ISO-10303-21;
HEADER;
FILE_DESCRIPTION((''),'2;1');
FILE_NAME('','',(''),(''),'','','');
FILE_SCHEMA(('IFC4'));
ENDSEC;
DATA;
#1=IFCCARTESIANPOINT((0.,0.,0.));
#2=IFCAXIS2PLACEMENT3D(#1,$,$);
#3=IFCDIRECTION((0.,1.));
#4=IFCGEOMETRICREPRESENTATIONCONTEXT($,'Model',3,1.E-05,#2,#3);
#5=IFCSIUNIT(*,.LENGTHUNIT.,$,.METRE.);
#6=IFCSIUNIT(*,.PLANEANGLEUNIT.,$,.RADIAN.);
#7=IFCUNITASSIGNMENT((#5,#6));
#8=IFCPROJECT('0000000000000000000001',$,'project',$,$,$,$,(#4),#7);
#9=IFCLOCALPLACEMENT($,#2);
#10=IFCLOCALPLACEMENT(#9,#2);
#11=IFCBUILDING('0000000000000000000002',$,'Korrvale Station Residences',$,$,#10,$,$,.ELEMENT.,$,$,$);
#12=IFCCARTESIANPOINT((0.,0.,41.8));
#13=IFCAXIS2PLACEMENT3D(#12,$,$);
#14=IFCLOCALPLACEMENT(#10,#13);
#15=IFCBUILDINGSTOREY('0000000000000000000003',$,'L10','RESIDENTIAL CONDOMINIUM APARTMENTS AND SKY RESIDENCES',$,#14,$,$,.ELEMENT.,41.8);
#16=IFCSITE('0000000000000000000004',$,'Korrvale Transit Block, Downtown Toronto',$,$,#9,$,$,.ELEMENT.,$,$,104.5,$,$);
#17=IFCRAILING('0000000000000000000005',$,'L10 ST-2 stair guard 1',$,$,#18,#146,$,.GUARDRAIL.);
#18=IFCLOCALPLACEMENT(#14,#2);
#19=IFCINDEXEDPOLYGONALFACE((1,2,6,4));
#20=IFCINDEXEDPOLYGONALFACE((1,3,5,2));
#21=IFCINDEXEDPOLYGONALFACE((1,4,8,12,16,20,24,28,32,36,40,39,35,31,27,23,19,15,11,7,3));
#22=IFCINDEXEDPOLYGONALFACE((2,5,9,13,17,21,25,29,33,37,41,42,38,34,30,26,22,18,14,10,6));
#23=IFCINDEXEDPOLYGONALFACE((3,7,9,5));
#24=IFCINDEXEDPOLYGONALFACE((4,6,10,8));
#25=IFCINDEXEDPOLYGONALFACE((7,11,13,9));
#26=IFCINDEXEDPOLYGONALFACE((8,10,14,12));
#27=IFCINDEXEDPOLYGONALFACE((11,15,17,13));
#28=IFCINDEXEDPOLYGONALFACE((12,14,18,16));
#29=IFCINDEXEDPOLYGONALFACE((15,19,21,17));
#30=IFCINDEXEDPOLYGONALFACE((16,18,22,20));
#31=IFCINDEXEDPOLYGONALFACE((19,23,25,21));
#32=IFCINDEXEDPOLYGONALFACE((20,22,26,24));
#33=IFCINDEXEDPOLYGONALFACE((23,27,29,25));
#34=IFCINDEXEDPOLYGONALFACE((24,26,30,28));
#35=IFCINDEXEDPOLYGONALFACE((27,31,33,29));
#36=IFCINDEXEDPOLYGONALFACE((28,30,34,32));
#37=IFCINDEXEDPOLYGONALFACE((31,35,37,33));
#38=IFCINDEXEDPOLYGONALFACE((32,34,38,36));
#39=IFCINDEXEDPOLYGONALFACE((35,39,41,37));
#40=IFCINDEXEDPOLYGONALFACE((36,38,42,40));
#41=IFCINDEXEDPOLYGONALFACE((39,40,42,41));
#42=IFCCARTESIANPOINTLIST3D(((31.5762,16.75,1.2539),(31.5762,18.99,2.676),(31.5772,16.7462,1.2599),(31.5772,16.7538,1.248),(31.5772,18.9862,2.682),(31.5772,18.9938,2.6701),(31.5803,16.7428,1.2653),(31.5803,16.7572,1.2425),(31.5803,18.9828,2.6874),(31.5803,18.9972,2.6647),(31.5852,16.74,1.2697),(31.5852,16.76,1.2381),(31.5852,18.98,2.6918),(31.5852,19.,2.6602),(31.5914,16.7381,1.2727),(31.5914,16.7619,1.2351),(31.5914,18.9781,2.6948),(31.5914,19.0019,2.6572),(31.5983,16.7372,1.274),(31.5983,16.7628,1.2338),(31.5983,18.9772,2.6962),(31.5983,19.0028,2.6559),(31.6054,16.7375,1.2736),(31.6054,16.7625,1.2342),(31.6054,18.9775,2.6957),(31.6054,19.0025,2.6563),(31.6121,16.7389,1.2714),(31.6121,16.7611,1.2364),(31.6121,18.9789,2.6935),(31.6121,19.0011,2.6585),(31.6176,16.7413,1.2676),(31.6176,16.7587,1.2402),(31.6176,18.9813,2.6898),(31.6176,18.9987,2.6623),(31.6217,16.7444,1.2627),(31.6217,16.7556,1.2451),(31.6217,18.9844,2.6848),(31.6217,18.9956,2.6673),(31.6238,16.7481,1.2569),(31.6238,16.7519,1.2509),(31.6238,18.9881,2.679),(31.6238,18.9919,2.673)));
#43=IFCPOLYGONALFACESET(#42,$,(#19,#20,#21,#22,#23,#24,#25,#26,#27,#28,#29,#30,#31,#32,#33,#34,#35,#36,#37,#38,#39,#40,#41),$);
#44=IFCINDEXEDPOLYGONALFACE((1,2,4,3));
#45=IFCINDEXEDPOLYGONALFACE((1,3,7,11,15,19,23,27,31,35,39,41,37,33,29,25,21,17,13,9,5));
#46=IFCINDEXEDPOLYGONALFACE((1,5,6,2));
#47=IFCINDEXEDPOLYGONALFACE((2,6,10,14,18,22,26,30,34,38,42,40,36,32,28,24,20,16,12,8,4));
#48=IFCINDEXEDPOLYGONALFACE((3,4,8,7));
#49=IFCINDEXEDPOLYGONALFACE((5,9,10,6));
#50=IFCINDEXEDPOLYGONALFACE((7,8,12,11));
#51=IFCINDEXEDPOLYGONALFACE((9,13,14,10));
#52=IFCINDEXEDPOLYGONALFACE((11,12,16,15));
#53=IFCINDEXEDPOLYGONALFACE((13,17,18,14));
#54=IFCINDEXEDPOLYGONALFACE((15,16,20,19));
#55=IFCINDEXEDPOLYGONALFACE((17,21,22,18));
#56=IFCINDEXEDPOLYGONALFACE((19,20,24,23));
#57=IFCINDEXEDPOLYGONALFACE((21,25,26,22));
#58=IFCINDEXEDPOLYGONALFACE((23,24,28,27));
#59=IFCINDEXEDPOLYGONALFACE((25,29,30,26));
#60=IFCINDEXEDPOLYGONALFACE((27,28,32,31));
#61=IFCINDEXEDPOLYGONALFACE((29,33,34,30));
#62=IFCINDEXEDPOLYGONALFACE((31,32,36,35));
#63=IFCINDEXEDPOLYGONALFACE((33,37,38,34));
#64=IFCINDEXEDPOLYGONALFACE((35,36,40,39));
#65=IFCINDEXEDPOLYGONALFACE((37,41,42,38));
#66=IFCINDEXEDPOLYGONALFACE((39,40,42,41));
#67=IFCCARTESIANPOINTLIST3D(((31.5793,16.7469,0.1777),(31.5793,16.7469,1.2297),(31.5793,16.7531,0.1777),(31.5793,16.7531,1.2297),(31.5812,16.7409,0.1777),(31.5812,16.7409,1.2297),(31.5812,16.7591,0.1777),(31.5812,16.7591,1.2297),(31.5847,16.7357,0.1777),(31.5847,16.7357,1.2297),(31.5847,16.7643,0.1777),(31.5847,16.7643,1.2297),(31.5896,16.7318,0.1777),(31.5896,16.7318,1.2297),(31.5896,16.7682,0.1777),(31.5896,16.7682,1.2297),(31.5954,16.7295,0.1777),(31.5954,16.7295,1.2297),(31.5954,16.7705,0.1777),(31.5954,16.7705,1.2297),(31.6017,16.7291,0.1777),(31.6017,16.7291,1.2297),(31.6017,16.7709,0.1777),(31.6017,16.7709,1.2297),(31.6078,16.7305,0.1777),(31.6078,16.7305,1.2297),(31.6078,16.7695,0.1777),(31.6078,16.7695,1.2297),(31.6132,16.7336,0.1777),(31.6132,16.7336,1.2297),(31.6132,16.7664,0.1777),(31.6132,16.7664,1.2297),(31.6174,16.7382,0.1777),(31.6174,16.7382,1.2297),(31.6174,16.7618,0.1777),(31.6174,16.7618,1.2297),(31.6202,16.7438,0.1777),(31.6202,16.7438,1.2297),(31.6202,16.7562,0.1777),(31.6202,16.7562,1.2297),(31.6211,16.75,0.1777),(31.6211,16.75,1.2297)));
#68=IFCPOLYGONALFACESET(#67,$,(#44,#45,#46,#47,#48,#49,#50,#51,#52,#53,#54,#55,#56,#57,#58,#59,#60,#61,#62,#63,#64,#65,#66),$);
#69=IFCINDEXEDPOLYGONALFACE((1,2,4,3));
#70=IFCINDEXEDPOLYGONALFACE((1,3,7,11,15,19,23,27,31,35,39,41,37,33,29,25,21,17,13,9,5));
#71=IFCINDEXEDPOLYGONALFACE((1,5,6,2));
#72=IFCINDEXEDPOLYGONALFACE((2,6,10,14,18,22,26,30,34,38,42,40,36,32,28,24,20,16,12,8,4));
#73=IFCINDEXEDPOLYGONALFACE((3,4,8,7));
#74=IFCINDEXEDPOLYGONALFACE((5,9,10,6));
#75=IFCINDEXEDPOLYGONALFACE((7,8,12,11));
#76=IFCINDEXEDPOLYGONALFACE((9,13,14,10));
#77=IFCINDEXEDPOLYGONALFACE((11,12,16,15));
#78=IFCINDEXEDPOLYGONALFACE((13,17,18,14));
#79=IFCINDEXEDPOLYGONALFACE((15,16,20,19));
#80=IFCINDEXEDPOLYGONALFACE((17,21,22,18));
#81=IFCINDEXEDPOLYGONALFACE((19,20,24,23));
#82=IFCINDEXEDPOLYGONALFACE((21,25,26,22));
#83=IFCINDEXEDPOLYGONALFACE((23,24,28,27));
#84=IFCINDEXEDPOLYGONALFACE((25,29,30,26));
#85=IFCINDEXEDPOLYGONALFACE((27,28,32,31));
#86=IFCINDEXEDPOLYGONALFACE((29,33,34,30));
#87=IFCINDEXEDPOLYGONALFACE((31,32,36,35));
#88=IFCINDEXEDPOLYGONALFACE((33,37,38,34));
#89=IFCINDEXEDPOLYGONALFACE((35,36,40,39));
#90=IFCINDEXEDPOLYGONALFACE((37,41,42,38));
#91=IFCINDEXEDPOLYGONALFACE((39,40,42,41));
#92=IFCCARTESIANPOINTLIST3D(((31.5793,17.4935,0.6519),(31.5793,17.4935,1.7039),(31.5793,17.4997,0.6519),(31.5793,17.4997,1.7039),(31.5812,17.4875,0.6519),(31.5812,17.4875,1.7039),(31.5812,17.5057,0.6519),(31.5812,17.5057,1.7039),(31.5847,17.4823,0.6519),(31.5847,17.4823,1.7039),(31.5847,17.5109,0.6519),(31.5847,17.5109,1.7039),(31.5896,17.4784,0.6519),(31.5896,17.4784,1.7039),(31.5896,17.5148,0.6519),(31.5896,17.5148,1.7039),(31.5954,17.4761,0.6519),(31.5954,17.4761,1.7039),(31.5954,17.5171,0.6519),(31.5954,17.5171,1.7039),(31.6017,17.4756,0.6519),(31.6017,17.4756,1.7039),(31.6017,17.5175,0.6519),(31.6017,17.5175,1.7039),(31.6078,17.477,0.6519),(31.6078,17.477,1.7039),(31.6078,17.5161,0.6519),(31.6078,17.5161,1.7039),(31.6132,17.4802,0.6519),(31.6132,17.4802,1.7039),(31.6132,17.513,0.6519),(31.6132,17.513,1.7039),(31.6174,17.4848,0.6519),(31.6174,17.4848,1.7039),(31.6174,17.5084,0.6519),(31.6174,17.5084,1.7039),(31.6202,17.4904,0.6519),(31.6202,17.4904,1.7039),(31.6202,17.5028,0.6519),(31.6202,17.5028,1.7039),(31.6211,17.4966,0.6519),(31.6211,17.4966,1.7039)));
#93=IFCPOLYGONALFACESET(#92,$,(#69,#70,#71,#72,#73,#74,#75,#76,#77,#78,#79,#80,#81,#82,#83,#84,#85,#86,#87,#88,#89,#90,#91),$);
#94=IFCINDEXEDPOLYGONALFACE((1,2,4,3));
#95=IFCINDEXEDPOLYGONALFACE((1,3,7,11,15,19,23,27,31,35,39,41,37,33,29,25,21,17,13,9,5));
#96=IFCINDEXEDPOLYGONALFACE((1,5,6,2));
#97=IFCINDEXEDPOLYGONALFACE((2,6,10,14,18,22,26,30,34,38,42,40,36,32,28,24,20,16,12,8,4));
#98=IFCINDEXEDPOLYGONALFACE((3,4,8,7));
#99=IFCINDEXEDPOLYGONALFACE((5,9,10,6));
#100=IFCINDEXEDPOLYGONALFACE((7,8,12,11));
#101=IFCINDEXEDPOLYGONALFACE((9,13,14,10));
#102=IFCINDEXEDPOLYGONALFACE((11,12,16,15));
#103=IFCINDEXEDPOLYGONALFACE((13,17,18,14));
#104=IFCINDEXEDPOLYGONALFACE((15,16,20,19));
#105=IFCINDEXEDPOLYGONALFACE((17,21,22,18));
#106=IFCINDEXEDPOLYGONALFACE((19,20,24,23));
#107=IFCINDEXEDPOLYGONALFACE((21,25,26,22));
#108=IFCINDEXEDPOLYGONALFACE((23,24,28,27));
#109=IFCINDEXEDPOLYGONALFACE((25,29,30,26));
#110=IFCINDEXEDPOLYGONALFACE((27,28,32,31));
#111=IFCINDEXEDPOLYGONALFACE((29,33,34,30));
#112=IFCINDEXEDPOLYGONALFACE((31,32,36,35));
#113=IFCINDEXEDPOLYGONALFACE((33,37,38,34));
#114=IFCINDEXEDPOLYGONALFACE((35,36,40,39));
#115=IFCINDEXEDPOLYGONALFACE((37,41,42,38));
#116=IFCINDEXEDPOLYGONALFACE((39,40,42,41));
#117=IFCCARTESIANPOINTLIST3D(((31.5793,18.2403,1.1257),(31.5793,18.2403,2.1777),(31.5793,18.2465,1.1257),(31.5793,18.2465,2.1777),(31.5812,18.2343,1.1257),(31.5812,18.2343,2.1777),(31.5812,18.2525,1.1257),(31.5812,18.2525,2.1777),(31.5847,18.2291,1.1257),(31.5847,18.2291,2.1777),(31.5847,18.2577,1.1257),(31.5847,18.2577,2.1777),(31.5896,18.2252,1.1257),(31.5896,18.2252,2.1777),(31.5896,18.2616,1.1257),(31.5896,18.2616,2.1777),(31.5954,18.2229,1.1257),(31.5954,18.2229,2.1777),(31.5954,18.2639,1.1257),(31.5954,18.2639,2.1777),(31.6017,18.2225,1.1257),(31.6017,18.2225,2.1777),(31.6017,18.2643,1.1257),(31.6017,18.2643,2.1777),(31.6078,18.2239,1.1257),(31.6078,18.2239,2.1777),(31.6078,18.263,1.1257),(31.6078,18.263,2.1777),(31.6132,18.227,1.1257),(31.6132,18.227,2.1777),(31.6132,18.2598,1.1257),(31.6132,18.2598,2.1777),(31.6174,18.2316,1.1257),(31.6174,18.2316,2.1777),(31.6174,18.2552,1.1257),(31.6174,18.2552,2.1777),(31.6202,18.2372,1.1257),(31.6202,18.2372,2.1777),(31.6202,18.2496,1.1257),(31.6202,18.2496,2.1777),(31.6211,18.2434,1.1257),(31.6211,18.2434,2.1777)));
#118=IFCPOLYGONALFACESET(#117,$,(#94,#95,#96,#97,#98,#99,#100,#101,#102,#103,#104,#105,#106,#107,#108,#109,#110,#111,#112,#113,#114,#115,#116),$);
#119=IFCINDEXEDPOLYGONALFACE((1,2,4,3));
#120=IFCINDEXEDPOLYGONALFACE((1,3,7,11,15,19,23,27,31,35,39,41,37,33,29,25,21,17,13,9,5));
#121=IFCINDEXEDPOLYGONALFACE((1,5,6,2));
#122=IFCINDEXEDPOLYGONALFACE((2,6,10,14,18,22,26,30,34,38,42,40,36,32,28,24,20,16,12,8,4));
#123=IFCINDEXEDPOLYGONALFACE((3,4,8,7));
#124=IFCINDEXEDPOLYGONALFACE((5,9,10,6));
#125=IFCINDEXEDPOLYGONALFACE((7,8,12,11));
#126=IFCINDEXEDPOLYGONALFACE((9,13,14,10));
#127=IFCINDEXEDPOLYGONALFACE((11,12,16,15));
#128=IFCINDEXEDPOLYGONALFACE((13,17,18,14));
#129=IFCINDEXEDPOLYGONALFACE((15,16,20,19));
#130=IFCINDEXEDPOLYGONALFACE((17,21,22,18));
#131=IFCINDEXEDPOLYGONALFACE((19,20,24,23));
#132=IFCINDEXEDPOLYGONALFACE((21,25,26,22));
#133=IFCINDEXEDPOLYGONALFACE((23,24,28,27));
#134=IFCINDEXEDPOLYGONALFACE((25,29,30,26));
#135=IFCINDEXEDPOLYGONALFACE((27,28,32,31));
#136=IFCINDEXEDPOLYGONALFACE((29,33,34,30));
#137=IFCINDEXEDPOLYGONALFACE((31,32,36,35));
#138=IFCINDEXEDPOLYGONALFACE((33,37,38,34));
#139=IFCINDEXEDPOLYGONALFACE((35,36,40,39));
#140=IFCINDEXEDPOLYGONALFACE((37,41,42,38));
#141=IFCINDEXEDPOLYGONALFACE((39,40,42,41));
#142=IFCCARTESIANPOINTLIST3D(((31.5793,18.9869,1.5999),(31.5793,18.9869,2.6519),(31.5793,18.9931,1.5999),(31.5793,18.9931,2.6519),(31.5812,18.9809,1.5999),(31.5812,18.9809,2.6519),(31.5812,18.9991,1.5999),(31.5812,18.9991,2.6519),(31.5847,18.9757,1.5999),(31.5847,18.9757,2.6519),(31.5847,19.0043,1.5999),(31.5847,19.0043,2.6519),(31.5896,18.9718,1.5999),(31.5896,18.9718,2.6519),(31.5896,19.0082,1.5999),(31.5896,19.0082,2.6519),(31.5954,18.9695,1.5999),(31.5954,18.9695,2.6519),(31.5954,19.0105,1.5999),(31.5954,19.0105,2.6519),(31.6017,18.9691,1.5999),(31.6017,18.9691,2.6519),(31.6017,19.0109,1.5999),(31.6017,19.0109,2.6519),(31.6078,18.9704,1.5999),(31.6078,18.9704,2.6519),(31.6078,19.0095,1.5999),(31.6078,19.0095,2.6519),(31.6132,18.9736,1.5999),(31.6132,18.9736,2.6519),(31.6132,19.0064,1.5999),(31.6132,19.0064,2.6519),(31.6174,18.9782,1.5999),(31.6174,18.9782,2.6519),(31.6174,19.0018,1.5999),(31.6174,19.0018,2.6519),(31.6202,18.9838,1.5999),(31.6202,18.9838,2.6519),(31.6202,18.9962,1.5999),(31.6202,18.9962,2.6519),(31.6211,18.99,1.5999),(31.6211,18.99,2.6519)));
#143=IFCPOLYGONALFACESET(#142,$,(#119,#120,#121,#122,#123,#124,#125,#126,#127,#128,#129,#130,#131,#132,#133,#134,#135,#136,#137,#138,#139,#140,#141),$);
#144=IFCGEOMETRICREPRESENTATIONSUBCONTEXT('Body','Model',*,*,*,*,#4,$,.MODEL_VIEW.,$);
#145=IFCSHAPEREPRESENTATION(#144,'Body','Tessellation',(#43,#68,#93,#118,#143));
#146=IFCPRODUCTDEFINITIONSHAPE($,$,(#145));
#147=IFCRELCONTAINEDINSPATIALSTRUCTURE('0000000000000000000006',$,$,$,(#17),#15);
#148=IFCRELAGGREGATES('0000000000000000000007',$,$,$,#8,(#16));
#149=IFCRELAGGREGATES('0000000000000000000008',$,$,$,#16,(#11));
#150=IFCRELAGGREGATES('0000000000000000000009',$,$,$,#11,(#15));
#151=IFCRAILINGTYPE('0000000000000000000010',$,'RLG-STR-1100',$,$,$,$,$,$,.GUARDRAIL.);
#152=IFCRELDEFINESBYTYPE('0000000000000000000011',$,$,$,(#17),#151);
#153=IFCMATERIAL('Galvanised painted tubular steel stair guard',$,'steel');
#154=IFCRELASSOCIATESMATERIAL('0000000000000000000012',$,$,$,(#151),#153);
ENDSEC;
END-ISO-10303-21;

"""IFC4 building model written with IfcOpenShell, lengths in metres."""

from ifc_helpers import new_model, si_unit, direction, frame, origin, origin_2d, place, context, subcontext, project, spatial, circle, extrude, material, type_object, element, save


model = new_model("IFC4")

# Units and contexts
model_context = context("Model", 3, precision=1e-05, world=origin(), true_north=direction((0.0, 1.0)))
body_context = subcontext(model_context, "Body", "Model", "MODEL_VIEW")
ifc_project = project(units=[si_unit("LENGTHUNIT", "METRE"), si_unit("PLANEANGLEUNIT", "RADIAN")], contexts=[model_context])

# Site, building, storey
site_placement = place(None, origin())
site = spatial("IfcSite", under=ifc_project, at=site_placement, Name="Korrvale Transit Block, Downtown Toronto", CompositionType="ELEMENT", RefElevation=104.5)
building_placement = place(site_placement, origin())
building = spatial("IfcBuilding", under=site, at=building_placement, Name="Korrvale Station Residences", CompositionType="ELEMENT")
storey_placement = place(building_placement, frame((0.0, 0.0, 41.8)))
storey = spatial("IfcBuildingStorey", under=building, at=storey_placement, Name="L10", Description="RESIDENTIAL CONDOMINIUM APARTMENTS AND SKY RESIDENCES", CompositionType="ELEMENT", Elevation=41.8)

# Railing
ifc_material_1 = material(Name="Galvanised painted tubular steel stair guard", Category="steel")
railing_type_1 = type_object("IfcRailingType", Name="RLG-STR-1100", PredefinedType="GUARDRAIL", material=ifc_material_1)
railing_1_placement = place(storey_placement, frame((31.6001, 16.75, 0.1777)))
element("IfcRailing", 1, at=railing_1_placement, inside=storey, type_object=railing_type_1, Name="L10 ST-2 stair guard 1", PredefinedType="GUARDRAIL", context=body_context, shape_type="SweptSolid", body=[
    extrude(circle(Radius=0.0239, at=origin_2d()), frame((0.0, 0.0, 1.0762), z_axis=(0.0, 0.844229, 0.535982), x_axis=(-1.0, 0.0, 0.0)), (0.0, 0.0, 1.0), 2.6533),
    extrude(circle(Radius=0.021, at=origin_2d()), origin(), (0.0, 0.0, 1.0), 1.052),
    extrude(circle(Radius=0.021, at=origin_2d()), frame((0.0, 0.7466, 0.4741)), (0.0, 0.0, 1.0), 1.052),
    extrude(circle(Radius=0.021, at=origin_2d()), frame((0.0, 1.4934, 0.948)), (0.0, 0.0, 1.0), 1.052),
    extrude(circle(Radius=0.021, at=origin_2d()), frame((0.0, 2.24, 1.4221)), (0.0, 0.0, 1.0), 1.052),
])

save(model, "model.ifc")
